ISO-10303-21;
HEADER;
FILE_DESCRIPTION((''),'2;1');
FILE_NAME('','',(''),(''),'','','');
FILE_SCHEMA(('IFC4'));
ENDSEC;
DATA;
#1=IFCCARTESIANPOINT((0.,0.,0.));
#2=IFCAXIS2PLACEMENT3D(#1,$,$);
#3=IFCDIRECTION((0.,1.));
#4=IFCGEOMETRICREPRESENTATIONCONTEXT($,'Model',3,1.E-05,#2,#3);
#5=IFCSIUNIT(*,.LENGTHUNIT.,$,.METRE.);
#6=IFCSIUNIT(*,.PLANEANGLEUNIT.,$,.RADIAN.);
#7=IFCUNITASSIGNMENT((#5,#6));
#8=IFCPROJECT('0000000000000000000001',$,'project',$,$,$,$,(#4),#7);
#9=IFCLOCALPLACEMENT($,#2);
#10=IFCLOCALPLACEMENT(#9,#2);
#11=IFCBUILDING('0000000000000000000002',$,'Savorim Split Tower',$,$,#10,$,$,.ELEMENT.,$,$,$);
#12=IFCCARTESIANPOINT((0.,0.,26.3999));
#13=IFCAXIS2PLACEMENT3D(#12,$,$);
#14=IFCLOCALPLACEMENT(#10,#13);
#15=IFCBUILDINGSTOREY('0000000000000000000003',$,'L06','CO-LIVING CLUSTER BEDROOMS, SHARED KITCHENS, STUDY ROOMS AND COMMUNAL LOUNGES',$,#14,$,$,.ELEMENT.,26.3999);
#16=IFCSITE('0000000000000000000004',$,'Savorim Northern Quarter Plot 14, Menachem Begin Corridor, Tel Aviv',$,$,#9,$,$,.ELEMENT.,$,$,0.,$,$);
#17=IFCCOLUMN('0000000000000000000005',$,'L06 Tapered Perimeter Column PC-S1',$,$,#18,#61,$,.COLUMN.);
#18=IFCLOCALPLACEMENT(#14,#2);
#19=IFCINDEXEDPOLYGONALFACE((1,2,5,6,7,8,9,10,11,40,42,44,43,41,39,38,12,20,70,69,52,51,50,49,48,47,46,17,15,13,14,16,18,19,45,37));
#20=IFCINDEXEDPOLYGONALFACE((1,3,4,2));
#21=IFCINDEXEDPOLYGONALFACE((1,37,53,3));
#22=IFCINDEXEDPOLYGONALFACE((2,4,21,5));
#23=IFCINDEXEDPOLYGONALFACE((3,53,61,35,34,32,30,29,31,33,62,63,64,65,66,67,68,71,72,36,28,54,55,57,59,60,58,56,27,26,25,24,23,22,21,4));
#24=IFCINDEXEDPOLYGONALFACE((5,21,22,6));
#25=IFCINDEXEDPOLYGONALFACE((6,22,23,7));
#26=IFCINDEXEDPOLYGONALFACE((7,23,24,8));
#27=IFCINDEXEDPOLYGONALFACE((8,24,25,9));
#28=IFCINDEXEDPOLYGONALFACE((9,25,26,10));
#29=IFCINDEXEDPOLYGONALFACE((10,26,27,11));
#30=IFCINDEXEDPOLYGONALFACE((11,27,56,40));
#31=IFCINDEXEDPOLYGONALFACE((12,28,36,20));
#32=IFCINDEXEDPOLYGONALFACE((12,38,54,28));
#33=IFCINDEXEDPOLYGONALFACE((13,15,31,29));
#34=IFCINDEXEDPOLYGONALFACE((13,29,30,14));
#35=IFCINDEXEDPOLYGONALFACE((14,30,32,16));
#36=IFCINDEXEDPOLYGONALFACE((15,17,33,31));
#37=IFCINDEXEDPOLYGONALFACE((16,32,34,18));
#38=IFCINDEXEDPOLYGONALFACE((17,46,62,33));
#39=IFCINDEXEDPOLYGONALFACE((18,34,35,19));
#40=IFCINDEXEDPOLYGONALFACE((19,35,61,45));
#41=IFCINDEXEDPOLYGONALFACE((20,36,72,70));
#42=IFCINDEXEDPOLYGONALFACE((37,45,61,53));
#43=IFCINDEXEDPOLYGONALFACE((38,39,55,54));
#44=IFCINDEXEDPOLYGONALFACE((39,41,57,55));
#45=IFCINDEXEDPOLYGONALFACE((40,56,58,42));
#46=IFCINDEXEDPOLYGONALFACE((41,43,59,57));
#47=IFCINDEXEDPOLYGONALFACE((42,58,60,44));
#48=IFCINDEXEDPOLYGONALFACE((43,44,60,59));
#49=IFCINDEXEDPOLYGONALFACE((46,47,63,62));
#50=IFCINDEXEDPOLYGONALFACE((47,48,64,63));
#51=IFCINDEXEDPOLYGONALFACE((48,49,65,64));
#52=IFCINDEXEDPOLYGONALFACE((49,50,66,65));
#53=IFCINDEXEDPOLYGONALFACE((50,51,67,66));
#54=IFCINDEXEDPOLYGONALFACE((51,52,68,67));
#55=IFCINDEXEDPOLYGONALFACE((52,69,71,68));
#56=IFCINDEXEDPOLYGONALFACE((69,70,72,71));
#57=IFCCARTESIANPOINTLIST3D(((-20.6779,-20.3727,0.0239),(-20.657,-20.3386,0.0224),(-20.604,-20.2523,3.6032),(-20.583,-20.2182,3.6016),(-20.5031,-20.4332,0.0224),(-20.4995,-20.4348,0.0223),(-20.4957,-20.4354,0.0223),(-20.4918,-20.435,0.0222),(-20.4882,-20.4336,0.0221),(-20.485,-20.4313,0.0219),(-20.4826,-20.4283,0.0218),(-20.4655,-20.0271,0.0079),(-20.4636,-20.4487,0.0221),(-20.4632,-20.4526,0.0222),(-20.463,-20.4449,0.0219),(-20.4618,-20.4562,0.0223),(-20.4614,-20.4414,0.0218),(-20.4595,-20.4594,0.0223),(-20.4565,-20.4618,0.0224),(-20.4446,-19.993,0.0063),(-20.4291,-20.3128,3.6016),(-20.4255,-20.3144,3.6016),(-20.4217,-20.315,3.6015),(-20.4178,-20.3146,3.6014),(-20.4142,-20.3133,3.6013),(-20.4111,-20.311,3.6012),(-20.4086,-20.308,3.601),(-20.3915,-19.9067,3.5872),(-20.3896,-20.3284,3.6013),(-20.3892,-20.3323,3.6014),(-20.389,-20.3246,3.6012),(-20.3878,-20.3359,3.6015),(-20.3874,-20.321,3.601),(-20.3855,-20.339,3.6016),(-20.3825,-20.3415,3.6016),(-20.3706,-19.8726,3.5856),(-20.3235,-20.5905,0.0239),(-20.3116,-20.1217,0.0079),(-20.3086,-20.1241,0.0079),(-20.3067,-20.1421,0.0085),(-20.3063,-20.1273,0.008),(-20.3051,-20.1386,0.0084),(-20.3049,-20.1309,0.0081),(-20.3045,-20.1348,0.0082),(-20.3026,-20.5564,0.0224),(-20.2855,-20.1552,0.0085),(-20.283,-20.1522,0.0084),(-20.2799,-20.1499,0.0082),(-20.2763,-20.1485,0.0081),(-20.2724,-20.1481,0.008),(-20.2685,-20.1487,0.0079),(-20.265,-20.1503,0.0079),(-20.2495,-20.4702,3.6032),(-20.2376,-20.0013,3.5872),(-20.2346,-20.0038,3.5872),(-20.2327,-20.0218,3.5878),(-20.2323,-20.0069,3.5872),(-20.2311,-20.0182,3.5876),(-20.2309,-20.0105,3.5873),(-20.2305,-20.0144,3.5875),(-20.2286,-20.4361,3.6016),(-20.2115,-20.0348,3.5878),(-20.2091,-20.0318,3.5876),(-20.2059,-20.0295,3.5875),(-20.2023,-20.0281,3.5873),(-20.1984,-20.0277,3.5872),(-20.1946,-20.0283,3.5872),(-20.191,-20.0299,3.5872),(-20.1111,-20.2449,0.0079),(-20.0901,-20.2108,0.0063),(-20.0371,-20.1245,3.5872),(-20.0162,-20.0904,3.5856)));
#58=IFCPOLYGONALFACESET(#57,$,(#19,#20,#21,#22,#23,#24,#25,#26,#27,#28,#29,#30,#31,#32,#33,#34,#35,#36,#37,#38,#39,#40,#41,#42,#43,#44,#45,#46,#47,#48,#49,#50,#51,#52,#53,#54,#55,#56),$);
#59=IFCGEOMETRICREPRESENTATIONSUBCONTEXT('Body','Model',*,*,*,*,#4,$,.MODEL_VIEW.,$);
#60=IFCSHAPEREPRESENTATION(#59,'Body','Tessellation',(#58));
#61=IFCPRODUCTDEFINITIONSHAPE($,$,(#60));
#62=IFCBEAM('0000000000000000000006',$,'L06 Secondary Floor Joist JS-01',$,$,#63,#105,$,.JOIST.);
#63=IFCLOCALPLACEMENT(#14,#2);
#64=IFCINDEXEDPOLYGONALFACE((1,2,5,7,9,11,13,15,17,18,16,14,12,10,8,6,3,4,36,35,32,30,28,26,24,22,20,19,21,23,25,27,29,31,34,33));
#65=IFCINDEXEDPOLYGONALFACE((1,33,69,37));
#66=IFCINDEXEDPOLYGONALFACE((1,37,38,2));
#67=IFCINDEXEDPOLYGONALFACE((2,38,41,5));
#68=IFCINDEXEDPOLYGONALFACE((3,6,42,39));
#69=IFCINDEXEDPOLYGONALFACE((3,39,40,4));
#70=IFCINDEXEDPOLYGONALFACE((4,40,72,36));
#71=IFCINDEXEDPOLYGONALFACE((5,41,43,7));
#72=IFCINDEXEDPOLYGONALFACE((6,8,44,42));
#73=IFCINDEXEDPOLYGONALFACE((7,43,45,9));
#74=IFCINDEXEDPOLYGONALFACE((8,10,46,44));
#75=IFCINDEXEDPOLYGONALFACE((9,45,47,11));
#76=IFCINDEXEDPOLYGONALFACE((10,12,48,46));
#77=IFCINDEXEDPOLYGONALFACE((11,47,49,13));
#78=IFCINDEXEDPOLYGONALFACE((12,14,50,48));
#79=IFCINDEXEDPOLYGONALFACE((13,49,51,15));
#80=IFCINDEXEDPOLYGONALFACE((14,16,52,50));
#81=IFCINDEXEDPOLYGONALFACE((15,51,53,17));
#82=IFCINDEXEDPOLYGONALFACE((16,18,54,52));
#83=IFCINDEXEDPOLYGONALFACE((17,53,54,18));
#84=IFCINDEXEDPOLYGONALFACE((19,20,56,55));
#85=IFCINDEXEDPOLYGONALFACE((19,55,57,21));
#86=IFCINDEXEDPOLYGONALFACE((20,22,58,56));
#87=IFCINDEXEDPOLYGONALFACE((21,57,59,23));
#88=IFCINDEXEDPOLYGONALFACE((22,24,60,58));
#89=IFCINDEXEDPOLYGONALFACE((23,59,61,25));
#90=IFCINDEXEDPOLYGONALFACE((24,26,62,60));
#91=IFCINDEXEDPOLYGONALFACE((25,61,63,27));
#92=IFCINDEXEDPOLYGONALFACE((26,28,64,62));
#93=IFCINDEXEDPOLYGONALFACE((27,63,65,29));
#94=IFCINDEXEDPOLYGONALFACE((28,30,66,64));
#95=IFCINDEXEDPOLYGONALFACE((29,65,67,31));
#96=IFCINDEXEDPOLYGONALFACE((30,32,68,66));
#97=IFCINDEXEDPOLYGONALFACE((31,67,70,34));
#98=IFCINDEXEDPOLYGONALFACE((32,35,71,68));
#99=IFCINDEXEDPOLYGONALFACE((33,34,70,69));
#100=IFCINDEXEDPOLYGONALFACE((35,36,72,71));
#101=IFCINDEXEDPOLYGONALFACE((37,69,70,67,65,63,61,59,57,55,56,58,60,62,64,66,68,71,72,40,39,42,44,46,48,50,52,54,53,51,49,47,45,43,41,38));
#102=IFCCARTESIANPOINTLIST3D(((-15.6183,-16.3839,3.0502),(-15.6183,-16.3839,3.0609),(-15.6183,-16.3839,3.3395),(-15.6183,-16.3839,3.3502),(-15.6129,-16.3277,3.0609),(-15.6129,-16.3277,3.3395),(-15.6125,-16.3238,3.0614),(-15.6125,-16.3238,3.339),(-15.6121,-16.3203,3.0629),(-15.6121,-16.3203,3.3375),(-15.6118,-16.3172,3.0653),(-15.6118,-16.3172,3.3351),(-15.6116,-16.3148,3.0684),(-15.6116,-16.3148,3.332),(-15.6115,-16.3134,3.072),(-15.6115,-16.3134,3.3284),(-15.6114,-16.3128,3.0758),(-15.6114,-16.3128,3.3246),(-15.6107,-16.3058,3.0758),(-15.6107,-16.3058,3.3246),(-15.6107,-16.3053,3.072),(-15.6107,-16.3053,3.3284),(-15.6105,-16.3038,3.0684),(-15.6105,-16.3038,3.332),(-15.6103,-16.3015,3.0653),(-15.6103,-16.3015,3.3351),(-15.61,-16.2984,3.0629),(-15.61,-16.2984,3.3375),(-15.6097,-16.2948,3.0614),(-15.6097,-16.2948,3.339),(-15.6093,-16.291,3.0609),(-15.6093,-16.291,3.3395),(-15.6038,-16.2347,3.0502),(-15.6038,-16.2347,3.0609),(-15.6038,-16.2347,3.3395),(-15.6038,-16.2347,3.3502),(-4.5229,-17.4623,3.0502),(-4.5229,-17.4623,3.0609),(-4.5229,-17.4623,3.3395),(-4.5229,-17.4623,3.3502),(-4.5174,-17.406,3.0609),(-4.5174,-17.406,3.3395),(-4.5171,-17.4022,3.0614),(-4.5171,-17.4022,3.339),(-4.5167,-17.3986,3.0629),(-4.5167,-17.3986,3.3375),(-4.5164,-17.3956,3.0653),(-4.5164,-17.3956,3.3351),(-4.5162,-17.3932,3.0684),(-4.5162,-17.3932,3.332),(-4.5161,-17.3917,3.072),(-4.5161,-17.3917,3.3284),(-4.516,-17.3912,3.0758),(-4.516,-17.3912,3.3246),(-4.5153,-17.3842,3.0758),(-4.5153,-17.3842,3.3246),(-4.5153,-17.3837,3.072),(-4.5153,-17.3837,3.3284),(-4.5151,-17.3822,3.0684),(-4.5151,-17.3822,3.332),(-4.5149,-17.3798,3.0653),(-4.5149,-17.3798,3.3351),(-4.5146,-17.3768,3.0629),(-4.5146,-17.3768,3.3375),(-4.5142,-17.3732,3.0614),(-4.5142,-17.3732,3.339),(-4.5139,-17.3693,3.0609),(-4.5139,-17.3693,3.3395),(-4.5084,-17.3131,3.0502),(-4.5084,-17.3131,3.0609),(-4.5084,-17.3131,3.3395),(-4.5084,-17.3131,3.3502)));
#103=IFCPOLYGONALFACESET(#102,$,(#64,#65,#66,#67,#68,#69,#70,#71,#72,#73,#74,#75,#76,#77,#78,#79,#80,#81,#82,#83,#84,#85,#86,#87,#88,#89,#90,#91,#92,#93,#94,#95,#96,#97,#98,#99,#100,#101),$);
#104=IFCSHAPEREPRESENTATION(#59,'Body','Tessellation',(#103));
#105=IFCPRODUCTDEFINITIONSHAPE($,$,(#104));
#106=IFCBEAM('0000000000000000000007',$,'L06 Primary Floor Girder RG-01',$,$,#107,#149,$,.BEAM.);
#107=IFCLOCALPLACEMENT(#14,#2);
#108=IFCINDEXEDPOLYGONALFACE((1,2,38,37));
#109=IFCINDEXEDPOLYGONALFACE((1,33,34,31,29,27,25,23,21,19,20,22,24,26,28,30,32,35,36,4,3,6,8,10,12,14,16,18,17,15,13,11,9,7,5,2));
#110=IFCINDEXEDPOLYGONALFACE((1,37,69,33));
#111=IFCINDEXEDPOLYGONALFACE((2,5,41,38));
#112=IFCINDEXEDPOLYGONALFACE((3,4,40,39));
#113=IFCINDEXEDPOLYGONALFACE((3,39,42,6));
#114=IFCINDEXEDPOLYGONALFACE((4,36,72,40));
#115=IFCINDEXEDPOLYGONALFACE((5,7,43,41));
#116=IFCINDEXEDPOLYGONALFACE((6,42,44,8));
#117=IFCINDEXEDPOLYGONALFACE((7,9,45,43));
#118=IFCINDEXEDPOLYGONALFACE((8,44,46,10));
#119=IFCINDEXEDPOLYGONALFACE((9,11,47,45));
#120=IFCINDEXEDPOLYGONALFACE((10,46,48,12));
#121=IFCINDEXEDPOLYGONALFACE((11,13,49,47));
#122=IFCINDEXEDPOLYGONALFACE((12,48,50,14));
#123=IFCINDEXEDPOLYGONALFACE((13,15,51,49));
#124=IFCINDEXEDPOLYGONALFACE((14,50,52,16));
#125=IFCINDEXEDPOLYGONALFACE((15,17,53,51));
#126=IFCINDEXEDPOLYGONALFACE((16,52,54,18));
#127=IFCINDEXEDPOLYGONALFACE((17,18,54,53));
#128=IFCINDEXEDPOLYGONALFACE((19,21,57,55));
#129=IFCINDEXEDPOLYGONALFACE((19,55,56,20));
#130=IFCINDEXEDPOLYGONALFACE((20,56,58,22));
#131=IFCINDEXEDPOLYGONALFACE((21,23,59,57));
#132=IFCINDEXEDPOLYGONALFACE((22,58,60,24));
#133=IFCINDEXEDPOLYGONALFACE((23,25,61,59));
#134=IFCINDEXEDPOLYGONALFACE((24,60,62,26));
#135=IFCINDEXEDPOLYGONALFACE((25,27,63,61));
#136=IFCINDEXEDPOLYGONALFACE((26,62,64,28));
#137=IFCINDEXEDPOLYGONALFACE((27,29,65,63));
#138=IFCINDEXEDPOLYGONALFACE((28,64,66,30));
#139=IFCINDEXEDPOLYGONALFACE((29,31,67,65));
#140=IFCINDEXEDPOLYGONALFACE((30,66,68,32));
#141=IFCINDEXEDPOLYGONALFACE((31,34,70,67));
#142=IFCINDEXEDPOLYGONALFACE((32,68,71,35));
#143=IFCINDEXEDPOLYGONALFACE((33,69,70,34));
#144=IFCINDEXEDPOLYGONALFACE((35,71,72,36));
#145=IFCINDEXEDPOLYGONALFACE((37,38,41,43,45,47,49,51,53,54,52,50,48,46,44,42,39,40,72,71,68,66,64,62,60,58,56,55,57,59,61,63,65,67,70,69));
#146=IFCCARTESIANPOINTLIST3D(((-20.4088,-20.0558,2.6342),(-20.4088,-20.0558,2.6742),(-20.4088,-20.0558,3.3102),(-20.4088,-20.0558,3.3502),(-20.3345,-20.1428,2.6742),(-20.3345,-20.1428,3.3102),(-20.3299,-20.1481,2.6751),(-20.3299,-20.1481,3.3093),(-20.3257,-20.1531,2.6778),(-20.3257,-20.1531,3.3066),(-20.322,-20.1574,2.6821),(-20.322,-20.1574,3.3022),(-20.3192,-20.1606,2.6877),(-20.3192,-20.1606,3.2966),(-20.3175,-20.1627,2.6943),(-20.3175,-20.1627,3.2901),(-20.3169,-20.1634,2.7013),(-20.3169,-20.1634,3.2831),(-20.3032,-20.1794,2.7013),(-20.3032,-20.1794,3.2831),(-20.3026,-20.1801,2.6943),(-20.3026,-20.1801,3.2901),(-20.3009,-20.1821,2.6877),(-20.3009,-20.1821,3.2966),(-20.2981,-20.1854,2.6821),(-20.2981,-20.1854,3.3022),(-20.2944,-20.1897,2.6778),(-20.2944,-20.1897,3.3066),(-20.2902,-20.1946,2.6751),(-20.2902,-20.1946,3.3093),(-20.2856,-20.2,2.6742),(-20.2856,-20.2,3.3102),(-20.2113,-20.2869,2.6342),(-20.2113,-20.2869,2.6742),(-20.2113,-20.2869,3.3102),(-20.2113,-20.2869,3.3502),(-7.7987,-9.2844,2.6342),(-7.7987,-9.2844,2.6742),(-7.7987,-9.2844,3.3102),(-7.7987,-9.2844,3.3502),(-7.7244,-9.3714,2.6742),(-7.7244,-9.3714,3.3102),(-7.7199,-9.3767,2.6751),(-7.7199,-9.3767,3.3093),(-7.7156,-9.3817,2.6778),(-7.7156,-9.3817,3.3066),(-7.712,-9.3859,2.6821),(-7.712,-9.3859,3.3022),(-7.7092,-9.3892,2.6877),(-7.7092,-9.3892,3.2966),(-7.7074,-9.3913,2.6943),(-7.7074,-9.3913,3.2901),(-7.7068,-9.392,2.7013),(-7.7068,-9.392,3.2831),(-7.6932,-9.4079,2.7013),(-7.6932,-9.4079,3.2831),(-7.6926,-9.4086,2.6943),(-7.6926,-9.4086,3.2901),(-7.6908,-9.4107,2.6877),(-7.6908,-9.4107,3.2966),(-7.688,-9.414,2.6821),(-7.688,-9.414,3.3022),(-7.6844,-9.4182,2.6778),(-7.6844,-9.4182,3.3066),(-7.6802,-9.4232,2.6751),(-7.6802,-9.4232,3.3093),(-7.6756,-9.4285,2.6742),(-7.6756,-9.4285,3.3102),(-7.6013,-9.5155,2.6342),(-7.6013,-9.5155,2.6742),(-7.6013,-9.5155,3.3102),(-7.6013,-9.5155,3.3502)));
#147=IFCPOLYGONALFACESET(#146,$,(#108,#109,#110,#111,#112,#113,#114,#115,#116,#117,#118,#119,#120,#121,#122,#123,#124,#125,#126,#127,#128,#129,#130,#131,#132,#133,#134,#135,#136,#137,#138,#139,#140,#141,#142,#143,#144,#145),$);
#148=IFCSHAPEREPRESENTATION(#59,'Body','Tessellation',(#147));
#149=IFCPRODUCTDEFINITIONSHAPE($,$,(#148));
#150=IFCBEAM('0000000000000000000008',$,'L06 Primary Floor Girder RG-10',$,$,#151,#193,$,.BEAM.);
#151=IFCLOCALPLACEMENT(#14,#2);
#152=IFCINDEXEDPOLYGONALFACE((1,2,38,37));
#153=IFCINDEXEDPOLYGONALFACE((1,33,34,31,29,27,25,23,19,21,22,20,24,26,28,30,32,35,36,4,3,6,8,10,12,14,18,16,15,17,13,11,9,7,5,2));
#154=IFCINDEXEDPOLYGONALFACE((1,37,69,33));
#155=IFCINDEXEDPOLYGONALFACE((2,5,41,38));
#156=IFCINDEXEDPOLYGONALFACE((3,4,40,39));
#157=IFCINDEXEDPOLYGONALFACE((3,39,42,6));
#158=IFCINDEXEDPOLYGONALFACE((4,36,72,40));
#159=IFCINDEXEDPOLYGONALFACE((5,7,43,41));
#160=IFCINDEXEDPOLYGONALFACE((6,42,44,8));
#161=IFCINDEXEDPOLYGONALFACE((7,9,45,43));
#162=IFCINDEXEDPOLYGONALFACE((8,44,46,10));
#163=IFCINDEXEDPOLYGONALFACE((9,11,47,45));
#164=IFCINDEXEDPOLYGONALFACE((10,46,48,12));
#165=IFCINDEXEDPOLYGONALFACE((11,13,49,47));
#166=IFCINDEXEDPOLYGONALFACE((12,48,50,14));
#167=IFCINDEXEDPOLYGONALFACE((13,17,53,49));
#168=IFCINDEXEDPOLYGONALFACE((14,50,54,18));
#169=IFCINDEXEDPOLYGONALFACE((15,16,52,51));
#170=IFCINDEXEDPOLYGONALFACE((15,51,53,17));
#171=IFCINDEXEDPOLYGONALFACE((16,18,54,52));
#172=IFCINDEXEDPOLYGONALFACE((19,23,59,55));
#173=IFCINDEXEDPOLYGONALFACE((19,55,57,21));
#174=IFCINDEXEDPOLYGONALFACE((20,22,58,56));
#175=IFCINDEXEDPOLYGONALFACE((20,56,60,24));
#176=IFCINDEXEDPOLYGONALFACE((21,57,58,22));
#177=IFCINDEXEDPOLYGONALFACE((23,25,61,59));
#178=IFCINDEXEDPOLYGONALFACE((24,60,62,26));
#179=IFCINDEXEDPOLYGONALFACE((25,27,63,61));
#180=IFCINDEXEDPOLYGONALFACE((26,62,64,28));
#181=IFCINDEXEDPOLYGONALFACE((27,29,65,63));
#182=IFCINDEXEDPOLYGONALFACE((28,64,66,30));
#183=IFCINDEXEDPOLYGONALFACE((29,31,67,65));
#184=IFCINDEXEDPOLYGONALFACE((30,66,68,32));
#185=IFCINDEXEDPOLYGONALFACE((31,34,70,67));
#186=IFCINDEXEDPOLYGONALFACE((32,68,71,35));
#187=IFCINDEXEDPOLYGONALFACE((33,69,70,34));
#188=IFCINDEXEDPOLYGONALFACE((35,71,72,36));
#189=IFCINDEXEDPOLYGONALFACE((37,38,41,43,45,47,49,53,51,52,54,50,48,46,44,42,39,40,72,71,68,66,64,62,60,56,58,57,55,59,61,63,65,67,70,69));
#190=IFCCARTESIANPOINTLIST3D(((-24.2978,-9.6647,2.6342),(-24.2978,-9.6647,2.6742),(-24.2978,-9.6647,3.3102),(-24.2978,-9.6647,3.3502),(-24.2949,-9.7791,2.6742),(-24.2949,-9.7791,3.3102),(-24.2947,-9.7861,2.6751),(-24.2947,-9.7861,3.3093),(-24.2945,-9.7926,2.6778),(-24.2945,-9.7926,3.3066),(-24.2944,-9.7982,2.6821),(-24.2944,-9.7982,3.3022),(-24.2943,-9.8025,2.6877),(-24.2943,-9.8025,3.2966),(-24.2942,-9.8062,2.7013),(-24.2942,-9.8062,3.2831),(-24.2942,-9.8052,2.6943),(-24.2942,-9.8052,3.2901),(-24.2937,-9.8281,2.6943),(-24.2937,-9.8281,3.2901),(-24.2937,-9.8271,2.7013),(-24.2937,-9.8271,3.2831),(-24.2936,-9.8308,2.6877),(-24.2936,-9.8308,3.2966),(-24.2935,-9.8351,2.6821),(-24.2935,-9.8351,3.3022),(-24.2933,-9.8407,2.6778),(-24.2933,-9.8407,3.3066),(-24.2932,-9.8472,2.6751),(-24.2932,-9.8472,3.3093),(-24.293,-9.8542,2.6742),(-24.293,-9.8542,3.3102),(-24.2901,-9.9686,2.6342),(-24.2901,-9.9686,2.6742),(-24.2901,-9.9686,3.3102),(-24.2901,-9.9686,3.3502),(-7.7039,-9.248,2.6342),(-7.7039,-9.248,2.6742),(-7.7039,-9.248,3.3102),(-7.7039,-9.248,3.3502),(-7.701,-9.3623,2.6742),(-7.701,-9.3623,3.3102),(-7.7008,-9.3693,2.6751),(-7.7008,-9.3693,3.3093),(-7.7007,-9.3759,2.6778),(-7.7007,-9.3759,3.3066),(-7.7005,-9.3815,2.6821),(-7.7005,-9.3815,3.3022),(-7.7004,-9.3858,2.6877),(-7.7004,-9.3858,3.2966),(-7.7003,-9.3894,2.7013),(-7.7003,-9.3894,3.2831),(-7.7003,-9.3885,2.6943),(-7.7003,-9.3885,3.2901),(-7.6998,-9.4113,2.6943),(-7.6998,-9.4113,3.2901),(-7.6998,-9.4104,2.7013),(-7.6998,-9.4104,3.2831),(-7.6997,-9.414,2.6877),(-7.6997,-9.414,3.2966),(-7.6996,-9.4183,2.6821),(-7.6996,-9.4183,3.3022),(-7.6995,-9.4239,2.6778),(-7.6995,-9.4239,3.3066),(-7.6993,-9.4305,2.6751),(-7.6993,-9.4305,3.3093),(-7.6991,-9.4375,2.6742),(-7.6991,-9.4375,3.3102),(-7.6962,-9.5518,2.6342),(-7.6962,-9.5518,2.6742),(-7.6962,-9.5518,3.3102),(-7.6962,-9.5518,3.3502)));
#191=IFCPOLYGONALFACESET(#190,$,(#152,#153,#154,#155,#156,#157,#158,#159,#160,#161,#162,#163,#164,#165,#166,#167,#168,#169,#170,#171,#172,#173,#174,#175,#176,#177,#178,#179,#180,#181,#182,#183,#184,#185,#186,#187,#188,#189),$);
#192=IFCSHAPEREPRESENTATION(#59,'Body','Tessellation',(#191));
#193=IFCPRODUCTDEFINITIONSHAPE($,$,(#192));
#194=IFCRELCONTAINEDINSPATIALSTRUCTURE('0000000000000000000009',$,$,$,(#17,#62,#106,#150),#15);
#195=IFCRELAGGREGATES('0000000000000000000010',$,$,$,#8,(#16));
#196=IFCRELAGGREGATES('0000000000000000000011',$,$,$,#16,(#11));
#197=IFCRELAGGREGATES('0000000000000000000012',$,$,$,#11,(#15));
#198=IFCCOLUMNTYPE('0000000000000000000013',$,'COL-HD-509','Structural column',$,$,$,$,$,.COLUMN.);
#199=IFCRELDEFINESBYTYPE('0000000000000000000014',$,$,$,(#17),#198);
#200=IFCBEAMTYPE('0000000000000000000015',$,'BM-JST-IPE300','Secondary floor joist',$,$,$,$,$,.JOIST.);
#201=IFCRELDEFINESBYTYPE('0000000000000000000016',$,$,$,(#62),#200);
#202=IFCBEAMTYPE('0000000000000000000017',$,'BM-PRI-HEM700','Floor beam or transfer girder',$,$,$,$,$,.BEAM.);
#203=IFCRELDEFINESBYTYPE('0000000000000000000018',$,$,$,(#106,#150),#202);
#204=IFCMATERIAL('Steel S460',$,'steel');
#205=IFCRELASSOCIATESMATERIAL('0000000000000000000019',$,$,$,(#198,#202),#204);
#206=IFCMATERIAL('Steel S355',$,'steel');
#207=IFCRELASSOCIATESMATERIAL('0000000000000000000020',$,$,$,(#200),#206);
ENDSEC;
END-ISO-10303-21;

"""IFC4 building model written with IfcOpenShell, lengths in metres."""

from ifc_helpers import new_model, si_unit, direction, frame, origin, origin_2d, place, context, subcontext, project, spatial, i_section, extrude, material, material_profile, profile_set, type_object, element, save


model = new_model("IFC4")

# Units and contexts
model_context = context("Model", 3, precision=1e-05, world=origin(), true_north=direction((0.0, 1.0)))
body_context = subcontext(model_context, "Body", "Model", "MODEL_VIEW")
ifc_project = project(units=[si_unit("LENGTHUNIT", "METRE"), si_unit("PLANEANGLEUNIT", "RADIAN")], contexts=[model_context])

# Site, building, storey
site_placement = place(None, origin())
site = spatial("IfcSite", under=ifc_project, at=site_placement, Name="Savorim Northern Quarter Plot 14, Menachem Begin Corridor, Tel Aviv", CompositionType="ELEMENT", RefElevation=0.0)
building_placement = place(site_placement, origin())
building = spatial("IfcBuilding", under=site, at=building_placement, Name="Savorim Split Tower", CompositionType="ELEMENT")
storey_placement = place(building_placement, frame((0.0, 0.0, 26.3999)))
storey = spatial("IfcBuildingStorey", under=building, at=storey_placement, Name="L06", Description="CO-LIVING CLUSTER BEDROOMS, SHARED KITCHENS, STUDY ROOMS AND COMMUNAL LOUNGES", CompositionType="ELEMENT", Elevation=26.3999)

# Column
ifc_material_1 = material(Name="Steel S460", Category="steel")
ifc_material_profile_1 = material_profile(ifc_material_1, i_section(OverallWidth=0.416, OverallDepth=0.446, WebThickness=0.0249, FlangeThickness=0.04, FilletRadius=0.0149, at=origin_2d()), Name="HD 400x509")
ifc_profile_set_1 = profile_set([ifc_material_profile_1], Name="Steel S460")
column_type = type_object("IfcColumnType", Name="COL-HD-509", Description="Structural column", PredefinedType="COLUMN", material=ifc_profile_set_1)
column_placement = place(storey_placement, frame((-20.384, -20.2917, 0.0151), z_axis=(0.020651, 0.0336, 0.999222), x_axis=(-0.851955, 0.523615, 0.0)))
element("IfcColumn", 1, at=column_placement, inside=storey, type_object=column_type, Name="L06 Tapered Perimeter Column PC-S1", PredefinedType="COLUMN", context=body_context, shape_type="SweptSolid", body=[
    extrude(i_section(OverallWidth=0.416, OverallDepth=0.446, WebThickness=0.0249, FlangeThickness=0.04, FilletRadius=0.0149, at=origin_2d()), origin(), (0.0, 0.0, 1.0), 3.582),
])

# Beams
ifc_material_2 = material(Name="Steel S355", Category="steel")
ifc_material_profile_2 = material_profile(ifc_material_2, i_section(OverallWidth=0.1499, OverallDepth=0.3, WebThickness=0.0071, FlangeThickness=0.0107, FilletRadius=0.0149, at=origin_2d()), Name="IPE 300")
ifc_profile_set_2 = profile_set([ifc_material_profile_2], Name="Steel S355")
beam_type_1 = type_object("IfcBeamType", Name="BM-JST-IPE300", Description="Secondary floor joist", PredefinedType="JOIST", material=ifc_profile_set_2)
beam_1_placement = place(storey_placement, frame((-15.6111, -16.3093, 3.2002), z_axis=(0.99531, -0.096734, 0.0), x_axis=(0.096734, 0.99531, 0.0)))
element("IfcBeam", 2, at=beam_1_placement, inside=storey, type_object=beam_type_1, Name="L06 Secondary Floor Joist JS-01", PredefinedType="JOIST", context=body_context, shape_type="SweptSolid", body=[
    extrude(i_section(OverallWidth=0.1499, OverallDepth=0.3, WebThickness=0.0071, FlangeThickness=0.0107, FilletRadius=0.0149, at=origin_2d()), origin(), (0.0, 0.0, 1.0), 11.1477),
])
ifc_material_profile_3 = material_profile(ifc_material_1, i_section(OverallWidth=0.304, OverallDepth=0.7161, WebThickness=0.021, FlangeThickness=0.04, FilletRadius=0.0271, at=origin_2d()), Name="HE 700 M")
ifc_profile_set_3 = profile_set([ifc_material_profile_3], Name="Steel S460")
beam_type_2 = type_object("IfcBeamType", Name="BM-PRI-HEM700", Description="Floor beam or transfer girder", PredefinedType="BEAM", material=ifc_profile_set_3)
beam_2_placement = place(storey_placement, frame((-20.3101, -20.1714, 2.9922), z_axis=(0.760363, 0.649498, 0.0), x_axis=(-0.649498, 0.760363, 0.0)))
element("IfcBeam", 3, at=beam_2_placement, inside=storey, type_object=beam_type_2, Name="L06 Primary Floor Girder RG-01", PredefinedType="BEAM", context=body_context, shape_type="SweptSolid", body=[
    extrude(i_section(OverallWidth=0.304, OverallDepth=0.7161, WebThickness=0.021, FlangeThickness=0.04, FilletRadius=0.0271, at=origin_2d()), origin(), (0.0, 0.0, 1.0), 16.5842),
])
beam_3_placement = place(storey_placement, frame((-24.2939, -9.8167, 2.9922), z_axis=(0.999685, 0.025106, 0.0), x_axis=(-0.025106, 0.999685, 0.0)))
element("IfcBeam", 4, at=beam_3_placement, inside=storey, type_object=beam_type_2, Name="L06 Primary Floor Girder RG-10", PredefinedType="BEAM", context=body_context, shape_type="SweptSolid", body=[
    extrude(i_section(OverallWidth=0.304, OverallDepth=0.7161, WebThickness=0.021, FlangeThickness=0.04, FilletRadius=0.0271, at=origin_2d()), origin(), (0.0, 0.0, 1.0), 16.5991),
])

save(model, "model.ifc")
